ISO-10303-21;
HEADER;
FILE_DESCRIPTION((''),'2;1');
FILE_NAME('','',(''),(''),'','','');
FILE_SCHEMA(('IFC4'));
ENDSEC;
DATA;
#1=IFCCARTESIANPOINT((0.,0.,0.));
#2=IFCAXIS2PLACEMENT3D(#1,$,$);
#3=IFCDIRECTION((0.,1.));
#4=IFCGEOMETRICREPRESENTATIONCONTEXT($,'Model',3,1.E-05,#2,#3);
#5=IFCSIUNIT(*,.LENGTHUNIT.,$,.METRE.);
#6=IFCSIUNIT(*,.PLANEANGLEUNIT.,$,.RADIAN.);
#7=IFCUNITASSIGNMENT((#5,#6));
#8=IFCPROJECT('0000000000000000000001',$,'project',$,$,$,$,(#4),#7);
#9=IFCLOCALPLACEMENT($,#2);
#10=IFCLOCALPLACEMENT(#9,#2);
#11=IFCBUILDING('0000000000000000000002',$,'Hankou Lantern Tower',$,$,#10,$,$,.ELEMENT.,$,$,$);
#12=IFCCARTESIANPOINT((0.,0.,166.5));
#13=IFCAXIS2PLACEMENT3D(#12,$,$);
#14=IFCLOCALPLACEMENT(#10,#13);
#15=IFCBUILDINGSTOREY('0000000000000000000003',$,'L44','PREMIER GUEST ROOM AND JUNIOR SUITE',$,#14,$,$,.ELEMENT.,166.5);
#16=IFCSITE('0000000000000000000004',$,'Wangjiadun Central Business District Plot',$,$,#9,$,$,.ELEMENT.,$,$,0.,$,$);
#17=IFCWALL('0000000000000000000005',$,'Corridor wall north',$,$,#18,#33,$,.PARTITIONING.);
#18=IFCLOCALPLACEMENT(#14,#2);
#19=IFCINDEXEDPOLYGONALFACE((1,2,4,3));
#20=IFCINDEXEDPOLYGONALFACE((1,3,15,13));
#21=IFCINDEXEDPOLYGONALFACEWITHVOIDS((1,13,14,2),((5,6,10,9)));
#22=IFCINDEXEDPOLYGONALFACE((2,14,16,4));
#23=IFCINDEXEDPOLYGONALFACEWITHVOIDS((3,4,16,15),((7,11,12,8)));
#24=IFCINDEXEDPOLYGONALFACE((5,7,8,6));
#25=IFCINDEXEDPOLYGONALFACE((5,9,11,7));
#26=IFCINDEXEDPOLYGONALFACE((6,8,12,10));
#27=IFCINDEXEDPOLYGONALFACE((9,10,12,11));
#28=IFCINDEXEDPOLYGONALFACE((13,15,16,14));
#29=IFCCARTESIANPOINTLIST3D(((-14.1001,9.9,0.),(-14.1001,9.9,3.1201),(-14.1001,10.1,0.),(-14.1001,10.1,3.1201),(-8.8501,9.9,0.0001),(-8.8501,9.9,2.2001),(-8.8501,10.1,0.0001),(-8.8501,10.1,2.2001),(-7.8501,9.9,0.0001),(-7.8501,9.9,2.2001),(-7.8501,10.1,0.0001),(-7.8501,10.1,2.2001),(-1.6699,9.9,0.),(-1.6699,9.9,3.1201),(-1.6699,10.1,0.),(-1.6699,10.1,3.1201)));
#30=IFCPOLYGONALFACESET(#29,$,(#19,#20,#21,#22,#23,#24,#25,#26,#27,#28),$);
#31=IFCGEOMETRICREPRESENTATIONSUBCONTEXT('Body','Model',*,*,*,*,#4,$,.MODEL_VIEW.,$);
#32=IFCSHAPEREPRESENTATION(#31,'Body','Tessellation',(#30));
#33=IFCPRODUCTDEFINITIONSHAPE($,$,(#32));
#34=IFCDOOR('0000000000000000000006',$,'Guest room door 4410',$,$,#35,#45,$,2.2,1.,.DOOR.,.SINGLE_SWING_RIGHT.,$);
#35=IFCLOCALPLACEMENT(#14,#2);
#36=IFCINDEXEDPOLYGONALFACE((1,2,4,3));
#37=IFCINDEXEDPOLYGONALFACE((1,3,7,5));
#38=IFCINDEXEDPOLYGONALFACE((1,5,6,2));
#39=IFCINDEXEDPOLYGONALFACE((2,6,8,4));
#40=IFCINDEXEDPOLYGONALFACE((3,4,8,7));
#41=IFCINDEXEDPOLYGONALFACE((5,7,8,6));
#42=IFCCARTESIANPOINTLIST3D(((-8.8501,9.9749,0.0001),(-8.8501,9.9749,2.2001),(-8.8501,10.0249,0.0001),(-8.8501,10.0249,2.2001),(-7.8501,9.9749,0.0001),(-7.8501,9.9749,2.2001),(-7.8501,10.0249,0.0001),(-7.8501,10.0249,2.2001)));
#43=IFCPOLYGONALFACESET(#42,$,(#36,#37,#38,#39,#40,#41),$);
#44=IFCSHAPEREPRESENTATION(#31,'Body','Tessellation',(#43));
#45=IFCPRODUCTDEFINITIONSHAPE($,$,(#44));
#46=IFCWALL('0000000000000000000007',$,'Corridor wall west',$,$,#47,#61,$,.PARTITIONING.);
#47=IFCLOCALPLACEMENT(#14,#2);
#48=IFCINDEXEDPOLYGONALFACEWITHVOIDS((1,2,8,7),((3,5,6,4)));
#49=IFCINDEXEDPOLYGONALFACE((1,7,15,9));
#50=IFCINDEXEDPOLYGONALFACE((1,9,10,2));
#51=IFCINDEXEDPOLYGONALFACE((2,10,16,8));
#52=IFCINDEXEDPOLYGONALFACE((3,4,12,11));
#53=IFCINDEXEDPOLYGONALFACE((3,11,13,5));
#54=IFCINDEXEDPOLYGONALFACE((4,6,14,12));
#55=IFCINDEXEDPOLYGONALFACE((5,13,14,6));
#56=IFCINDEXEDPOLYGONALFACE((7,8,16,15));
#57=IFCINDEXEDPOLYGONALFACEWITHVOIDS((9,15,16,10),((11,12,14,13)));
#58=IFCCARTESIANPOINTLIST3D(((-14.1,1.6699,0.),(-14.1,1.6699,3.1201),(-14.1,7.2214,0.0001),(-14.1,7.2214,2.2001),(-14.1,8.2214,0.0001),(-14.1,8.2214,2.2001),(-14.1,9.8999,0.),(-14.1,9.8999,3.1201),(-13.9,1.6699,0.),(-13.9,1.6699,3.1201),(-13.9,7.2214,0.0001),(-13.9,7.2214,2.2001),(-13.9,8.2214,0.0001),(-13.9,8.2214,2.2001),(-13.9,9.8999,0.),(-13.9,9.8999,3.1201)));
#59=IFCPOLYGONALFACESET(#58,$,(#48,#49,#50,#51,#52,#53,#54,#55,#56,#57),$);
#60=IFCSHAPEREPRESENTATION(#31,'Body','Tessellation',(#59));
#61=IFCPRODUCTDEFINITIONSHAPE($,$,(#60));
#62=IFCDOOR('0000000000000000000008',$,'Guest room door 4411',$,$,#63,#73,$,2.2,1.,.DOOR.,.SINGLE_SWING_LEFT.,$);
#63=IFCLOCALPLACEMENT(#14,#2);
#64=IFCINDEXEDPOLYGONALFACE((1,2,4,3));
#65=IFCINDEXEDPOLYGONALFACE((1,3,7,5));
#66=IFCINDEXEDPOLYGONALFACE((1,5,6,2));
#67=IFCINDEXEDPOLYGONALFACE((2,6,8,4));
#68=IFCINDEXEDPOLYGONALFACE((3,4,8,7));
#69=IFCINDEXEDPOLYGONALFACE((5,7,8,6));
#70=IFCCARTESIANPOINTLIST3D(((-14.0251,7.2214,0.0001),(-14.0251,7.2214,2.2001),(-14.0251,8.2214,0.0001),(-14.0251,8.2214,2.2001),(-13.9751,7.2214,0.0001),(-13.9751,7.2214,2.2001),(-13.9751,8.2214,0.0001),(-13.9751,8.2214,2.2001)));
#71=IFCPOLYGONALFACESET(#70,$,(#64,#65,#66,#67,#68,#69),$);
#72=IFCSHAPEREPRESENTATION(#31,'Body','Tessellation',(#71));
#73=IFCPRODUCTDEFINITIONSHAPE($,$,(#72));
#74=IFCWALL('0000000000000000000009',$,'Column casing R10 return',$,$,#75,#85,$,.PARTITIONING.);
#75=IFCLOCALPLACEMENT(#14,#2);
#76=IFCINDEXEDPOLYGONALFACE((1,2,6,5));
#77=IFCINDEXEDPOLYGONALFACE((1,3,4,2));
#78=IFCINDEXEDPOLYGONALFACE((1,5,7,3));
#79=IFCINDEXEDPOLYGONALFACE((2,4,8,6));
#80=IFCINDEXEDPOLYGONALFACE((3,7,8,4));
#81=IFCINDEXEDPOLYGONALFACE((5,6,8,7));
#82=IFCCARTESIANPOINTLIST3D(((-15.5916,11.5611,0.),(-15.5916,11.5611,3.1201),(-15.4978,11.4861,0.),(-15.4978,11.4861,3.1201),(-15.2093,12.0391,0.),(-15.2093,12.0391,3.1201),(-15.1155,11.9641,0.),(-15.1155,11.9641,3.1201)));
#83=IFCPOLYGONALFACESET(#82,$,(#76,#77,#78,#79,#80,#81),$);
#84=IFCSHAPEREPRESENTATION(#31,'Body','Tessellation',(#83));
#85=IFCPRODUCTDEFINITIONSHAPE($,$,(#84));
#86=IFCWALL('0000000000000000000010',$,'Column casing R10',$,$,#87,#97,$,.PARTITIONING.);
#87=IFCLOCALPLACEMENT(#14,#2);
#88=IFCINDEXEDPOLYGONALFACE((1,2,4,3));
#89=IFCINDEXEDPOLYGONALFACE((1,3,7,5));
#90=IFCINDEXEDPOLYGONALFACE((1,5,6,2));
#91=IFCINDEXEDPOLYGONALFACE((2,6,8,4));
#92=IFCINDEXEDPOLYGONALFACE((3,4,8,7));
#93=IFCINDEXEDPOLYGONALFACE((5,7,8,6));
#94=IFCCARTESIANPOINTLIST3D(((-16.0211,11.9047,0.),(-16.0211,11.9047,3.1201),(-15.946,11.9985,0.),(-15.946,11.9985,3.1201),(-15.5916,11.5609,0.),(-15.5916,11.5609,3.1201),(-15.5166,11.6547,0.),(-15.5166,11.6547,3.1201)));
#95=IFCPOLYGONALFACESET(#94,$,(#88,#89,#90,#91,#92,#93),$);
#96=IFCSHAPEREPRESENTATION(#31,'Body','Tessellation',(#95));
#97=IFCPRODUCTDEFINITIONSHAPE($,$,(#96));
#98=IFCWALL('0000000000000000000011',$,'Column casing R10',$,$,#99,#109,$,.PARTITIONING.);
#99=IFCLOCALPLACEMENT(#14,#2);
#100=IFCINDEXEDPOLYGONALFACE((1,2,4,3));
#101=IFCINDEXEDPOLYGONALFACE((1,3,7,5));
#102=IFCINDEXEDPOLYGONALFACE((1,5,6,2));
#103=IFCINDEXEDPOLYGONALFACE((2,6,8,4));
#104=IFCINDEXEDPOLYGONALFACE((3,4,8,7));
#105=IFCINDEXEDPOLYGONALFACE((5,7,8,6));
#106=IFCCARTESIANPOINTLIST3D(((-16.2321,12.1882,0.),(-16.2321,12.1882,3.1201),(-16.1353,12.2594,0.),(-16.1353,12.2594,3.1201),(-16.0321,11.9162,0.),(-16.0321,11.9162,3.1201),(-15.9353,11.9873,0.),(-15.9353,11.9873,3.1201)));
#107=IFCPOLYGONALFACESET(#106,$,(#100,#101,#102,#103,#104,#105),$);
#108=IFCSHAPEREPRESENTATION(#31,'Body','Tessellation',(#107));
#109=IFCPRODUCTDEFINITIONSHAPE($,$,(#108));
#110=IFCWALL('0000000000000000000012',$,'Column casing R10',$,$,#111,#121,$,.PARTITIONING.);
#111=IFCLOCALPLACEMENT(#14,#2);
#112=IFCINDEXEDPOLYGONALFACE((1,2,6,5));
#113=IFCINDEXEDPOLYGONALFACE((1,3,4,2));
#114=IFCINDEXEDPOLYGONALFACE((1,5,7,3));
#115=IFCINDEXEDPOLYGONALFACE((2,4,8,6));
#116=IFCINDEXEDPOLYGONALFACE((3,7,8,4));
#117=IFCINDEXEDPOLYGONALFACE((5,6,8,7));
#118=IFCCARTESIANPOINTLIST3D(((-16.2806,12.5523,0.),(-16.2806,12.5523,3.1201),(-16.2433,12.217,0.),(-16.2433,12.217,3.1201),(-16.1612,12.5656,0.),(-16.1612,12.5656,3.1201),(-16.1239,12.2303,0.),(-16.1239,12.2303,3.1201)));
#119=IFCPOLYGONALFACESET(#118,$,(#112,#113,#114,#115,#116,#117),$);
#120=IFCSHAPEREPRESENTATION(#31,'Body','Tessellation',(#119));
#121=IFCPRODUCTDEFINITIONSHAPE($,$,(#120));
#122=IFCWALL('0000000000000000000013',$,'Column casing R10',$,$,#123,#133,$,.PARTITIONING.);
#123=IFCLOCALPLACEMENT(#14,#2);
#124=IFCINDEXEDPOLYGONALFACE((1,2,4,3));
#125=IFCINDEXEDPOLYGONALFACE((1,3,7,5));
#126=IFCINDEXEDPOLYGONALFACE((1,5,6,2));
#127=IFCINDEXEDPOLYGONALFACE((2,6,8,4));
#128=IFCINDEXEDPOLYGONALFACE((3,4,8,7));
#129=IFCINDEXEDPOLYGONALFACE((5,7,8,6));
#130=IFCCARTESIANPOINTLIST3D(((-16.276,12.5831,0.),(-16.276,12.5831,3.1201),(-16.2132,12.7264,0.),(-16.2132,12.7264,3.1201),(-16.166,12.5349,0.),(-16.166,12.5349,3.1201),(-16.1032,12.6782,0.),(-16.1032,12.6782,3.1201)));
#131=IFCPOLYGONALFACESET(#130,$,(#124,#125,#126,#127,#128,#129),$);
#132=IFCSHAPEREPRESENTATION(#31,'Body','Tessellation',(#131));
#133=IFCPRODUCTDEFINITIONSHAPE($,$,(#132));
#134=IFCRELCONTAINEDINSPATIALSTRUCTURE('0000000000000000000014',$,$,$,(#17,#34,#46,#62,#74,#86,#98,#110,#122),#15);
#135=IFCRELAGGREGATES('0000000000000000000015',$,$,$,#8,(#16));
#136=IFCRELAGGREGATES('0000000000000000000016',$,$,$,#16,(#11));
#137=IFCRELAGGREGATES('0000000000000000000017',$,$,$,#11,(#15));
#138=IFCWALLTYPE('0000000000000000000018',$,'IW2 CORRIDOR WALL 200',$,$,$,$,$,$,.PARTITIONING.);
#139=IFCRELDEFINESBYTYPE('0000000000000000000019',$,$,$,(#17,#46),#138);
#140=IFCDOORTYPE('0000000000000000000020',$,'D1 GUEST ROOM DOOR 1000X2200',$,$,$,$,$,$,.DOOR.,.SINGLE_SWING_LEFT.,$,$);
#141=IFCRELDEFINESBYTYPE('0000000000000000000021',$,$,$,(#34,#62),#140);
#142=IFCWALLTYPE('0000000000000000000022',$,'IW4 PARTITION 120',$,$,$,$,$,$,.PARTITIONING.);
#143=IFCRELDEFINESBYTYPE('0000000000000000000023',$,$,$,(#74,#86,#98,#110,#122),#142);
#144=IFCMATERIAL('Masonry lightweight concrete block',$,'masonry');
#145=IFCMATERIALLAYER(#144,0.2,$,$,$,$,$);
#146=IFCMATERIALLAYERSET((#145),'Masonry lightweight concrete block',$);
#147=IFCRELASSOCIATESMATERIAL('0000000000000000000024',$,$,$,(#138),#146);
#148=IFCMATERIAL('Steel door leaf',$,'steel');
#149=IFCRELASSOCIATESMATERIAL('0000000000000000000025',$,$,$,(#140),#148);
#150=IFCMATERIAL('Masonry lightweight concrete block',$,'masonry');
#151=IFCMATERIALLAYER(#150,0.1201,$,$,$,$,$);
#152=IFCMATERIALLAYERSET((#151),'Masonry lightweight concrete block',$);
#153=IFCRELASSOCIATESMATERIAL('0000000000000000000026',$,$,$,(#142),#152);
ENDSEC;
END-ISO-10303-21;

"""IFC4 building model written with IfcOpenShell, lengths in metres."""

from ifc_helpers import new_model, si_unit, direction, frame, frame_2d, origin, place, context, subcontext, project, spatial, rectangle, extrude, material, layer, layer_set, type_object, element, fill, save


model = new_model("IFC4")

# Units and contexts
model_context = context("Model", 3, precision=1e-05, world=origin(), true_north=direction((0.0, 1.0)))
body_context = subcontext(model_context, "Body", "Model", "MODEL_VIEW")
ifc_project = project(units=[si_unit("LENGTHUNIT", "METRE"), si_unit("PLANEANGLEUNIT", "RADIAN")], contexts=[model_context])

# Site, building, storey
site_placement = place(None, origin())
site = spatial("IfcSite", under=ifc_project, at=site_placement, Name="Wangjiadun Central Business District Plot", CompositionType="ELEMENT", RefElevation=0.0)
building_placement = place(site_placement, origin())
building = spatial("IfcBuilding", under=site, at=building_placement, Name="Hankou Lantern Tower", CompositionType="ELEMENT")
storey_placement = place(building_placement, frame((0.0, 0.0, 166.5)))
storey = spatial("IfcBuildingStorey", under=building, at=storey_placement, Name="L44", Description="PREMIER GUEST ROOM AND JUNIOR SUITE", CompositionType="ELEMENT", Elevation=166.5)

# Walls, openings, doors
ifc_material_1 = material(Name="Masonry lightweight concrete block", Category="masonry")
ifc_layer_1 = layer(ifc_material_1, 0.2)
ifc_layer_set_1 = layer_set([ifc_layer_1], Name="Masonry lightweight concrete block")
wall_type_1 = type_object("IfcWallType", Name="IW2 CORRIDOR WALL 200", PredefinedType="PARTITIONING", material=ifc_layer_set_1)
wall_1_placement = place(storey_placement, frame((-14.1001, 10.0, 0.0), z_axis=(0.0, 0.0, 1.0), x_axis=(1.0, 0.0, 0.0)))
wall_1 = element("IfcWall", 1, at=wall_1_placement, inside=storey, type_object=wall_type_1, Name="Corridor wall north", PredefinedType="PARTITIONING", context=body_context, shape_type="SweptSolid", body=[
    extrude(rectangle(XDim=12.4302, YDim=0.2, at=frame_2d((6.2151, 0.0))), origin(), (0.0, 0.0, 1.0), 3.1201),
])
opening_1_placement = place(wall_1_placement, frame((5.25, 0.0, 0.0)))
opening_1 = element("IfcOpeningElement", 2, at=opening_1_placement, cuts=wall_1, PredefinedType="OPENING", context=body_context, shape_type="SweptSolid", body=[
    extrude(rectangle(XDim=1.0, YDim=2.2, at=frame_2d((0.5, 1.1001))), frame((0.0, 0.1099, 0.0), z_axis=(0.0, -1.0, 0.0), x_axis=(1.0, 0.0, 0.0)), (0.0, 0.0, 1.0), 0.22),
])
ifc_material_2 = material(Name="Steel door leaf", Category="steel")
door_type = type_object("IfcDoorType", Name="D1 GUEST ROOM DOOR 1000X2200", OperationType="SINGLE_SWING_LEFT", PredefinedType="DOOR", material=ifc_material_2)
door_1_placement = place(opening_1_placement, origin())
door_1 = element("IfcDoor", 3, at=door_1_placement, inside=storey, type_object=door_type, Name="Guest room door 4410", OperationType="SINGLE_SWING_RIGHT", OverallHeight=2.2, OverallWidth=1.0, PredefinedType="DOOR", context=body_context, shape_type="SweptSolid", body=[
    extrude(rectangle(XDim=1.0, YDim=2.2, at=frame_2d((0.5, 1.1001))), frame((0.0, 0.0249, 0.0), z_axis=(0.0, -1.0, 0.0), x_axis=(1.0, 0.0, 0.0)), (0.0, 0.0, 1.0), 0.05),
])
fill(opening_1, door_1)
wall_2_placement = place(storey_placement, frame((-14.0, 9.8999, 0.0), z_axis=(0.0, 0.0, 1.0), x_axis=(0.0, -1.0, 0.0)))
wall_2 = element("IfcWall", 4, at=wall_2_placement, inside=storey, type_object=wall_type_1, Name="Corridor wall west", PredefinedType="PARTITIONING", context=body_context, shape_type="SweptSolid", body=[
    extrude(rectangle(XDim=8.23, YDim=0.2, at=frame_2d((4.115, 0.0))), origin(), (0.0, 0.0, 1.0), 3.1201),
])
opening_2_placement = place(wall_2_placement, frame((1.6785, 0.0, 0.0)))
opening_2 = element("IfcOpeningElement", 5, at=opening_2_placement, cuts=wall_2, PredefinedType="OPENING", context=body_context, shape_type="SweptSolid", body=[
    extrude(rectangle(XDim=1.0, YDim=2.2, at=frame_2d((0.5, 1.1001))), frame((0.0, 0.1099, 0.0), z_axis=(0.0, -1.0, 0.0), x_axis=(1.0, 0.0, 0.0)), (0.0, 0.0, 1.0), 0.22),
])
door_2_placement = place(opening_2_placement, origin())
door_2 = element("IfcDoor", 6, at=door_2_placement, inside=storey, type_object=door_type, Name="Guest room door 4411", OperationType="SINGLE_SWING_LEFT", OverallHeight=2.2, OverallWidth=1.0, PredefinedType="DOOR", context=body_context, shape_type="SweptSolid", body=[
    extrude(rectangle(XDim=1.0, YDim=2.2, at=frame_2d((0.5, 1.1001))), frame((0.0, 0.0249, 0.0), z_axis=(0.0, -1.0, 0.0), x_axis=(1.0, 0.0, 0.0)), (0.0, 0.0, 1.0), 0.05),
])
fill(opening_2, door_2)

# Walls
ifc_material_3 = material(Name="Masonry lightweight concrete block", Category="masonry")
ifc_layer_2 = layer(ifc_material_3, 0.1201)
ifc_layer_set_2 = layer_set([ifc_layer_2], Name="Masonry lightweight concrete block")
wall_type_2 = type_object("IfcWallType", Name="IW4 PARTITION 120", PredefinedType="PARTITIONING", material=ifc_layer_set_2)
wall_3_placement = place(storey_placement, frame((-15.1624, 12.0017, 0.0), z_axis=(0.0, 0.0, 1.0), x_axis=(-0.624598, -0.780947, 0.0)))
element("IfcWall", 7, at=wall_3_placement, inside=storey, type_object=wall_type_2, Name="Column casing R10 return", PredefinedType="PARTITIONING", context=body_context, shape_type="SweptSolid", body=[
    extrude(rectangle(XDim=0.6121, YDim=0.1201, at=frame_2d((0.3062, 0.0))), origin(), (0.0, 0.0, 1.0), 3.1201),
])
wall_4_placement = place(storey_placement, frame((-15.5542, 11.6079, 0.0), z_axis=(0.0, 0.0, 1.0), x_axis=(-0.780696, 0.624912, 0.0)))
element("IfcWall", 8, at=wall_4_placement, inside=storey, type_object=wall_type_2, Name="Column casing R10", PredefinedType="PARTITIONING", context=body_context, shape_type="SweptSolid", body=[
    extrude(rectangle(XDim=0.55, YDim=0.1201, at=frame_2d((0.2749, 0.0))), origin(), (0.0, 0.0, 1.0), 3.1201),
])
wall_5_placement = place(storey_placement, frame((-15.9836, 11.9517, 0.0), z_axis=(0.0, 0.0, 1.0), x_axis=(-0.592335, 0.805692, 0.0)))
element("IfcWall", 9, at=wall_5_placement, inside=storey, type_object=wall_type_2, Name="Column casing R10", PredefinedType="PARTITIONING", context=body_context, shape_type="SweptSolid", body=[
    extrude(rectangle(XDim=0.3376, YDim=0.1201, at=frame_2d((0.1689, 0.0))), origin(), (0.0, 0.0, 1.0), 3.1201),
])
wall_6_placement = place(storey_placement, frame((-16.1836, 12.2236, 0.0), z_axis=(0.0, 0.0, 1.0), x_axis=(-0.11067, 0.993857, 0.0)))
element("IfcWall", 10, at=wall_6_placement, inside=storey, type_object=wall_type_2, Name="Column casing R10", PredefinedType="PARTITIONING", context=body_context, shape_type="SweptSolid", body=[
    extrude(rectangle(XDim=0.3374, YDim=0.1201, at=frame_2d((0.1687, 0.0))), origin(), (0.0, 0.0, 1.0), 3.1201),
])
wall_7_placement = place(storey_placement, frame((-16.2209, 12.5591, 0.0), z_axis=(0.0, 0.0, 1.0), x_axis=(0.401064, 0.91605, 0.0)))
element("IfcWall", 11, at=wall_7_placement, inside=storey, type_object=wall_type_2, Name="Column casing R10", PredefinedType="PARTITIONING", context=body_context, shape_type="SweptSolid", body=[
    extrude(rectangle(XDim=0.1565, YDim=0.1201, at=frame_2d((0.0781, 0.0))), origin(), (0.0, 0.0, 1.0), 3.1201),
])

save(model, "model.ifc")
